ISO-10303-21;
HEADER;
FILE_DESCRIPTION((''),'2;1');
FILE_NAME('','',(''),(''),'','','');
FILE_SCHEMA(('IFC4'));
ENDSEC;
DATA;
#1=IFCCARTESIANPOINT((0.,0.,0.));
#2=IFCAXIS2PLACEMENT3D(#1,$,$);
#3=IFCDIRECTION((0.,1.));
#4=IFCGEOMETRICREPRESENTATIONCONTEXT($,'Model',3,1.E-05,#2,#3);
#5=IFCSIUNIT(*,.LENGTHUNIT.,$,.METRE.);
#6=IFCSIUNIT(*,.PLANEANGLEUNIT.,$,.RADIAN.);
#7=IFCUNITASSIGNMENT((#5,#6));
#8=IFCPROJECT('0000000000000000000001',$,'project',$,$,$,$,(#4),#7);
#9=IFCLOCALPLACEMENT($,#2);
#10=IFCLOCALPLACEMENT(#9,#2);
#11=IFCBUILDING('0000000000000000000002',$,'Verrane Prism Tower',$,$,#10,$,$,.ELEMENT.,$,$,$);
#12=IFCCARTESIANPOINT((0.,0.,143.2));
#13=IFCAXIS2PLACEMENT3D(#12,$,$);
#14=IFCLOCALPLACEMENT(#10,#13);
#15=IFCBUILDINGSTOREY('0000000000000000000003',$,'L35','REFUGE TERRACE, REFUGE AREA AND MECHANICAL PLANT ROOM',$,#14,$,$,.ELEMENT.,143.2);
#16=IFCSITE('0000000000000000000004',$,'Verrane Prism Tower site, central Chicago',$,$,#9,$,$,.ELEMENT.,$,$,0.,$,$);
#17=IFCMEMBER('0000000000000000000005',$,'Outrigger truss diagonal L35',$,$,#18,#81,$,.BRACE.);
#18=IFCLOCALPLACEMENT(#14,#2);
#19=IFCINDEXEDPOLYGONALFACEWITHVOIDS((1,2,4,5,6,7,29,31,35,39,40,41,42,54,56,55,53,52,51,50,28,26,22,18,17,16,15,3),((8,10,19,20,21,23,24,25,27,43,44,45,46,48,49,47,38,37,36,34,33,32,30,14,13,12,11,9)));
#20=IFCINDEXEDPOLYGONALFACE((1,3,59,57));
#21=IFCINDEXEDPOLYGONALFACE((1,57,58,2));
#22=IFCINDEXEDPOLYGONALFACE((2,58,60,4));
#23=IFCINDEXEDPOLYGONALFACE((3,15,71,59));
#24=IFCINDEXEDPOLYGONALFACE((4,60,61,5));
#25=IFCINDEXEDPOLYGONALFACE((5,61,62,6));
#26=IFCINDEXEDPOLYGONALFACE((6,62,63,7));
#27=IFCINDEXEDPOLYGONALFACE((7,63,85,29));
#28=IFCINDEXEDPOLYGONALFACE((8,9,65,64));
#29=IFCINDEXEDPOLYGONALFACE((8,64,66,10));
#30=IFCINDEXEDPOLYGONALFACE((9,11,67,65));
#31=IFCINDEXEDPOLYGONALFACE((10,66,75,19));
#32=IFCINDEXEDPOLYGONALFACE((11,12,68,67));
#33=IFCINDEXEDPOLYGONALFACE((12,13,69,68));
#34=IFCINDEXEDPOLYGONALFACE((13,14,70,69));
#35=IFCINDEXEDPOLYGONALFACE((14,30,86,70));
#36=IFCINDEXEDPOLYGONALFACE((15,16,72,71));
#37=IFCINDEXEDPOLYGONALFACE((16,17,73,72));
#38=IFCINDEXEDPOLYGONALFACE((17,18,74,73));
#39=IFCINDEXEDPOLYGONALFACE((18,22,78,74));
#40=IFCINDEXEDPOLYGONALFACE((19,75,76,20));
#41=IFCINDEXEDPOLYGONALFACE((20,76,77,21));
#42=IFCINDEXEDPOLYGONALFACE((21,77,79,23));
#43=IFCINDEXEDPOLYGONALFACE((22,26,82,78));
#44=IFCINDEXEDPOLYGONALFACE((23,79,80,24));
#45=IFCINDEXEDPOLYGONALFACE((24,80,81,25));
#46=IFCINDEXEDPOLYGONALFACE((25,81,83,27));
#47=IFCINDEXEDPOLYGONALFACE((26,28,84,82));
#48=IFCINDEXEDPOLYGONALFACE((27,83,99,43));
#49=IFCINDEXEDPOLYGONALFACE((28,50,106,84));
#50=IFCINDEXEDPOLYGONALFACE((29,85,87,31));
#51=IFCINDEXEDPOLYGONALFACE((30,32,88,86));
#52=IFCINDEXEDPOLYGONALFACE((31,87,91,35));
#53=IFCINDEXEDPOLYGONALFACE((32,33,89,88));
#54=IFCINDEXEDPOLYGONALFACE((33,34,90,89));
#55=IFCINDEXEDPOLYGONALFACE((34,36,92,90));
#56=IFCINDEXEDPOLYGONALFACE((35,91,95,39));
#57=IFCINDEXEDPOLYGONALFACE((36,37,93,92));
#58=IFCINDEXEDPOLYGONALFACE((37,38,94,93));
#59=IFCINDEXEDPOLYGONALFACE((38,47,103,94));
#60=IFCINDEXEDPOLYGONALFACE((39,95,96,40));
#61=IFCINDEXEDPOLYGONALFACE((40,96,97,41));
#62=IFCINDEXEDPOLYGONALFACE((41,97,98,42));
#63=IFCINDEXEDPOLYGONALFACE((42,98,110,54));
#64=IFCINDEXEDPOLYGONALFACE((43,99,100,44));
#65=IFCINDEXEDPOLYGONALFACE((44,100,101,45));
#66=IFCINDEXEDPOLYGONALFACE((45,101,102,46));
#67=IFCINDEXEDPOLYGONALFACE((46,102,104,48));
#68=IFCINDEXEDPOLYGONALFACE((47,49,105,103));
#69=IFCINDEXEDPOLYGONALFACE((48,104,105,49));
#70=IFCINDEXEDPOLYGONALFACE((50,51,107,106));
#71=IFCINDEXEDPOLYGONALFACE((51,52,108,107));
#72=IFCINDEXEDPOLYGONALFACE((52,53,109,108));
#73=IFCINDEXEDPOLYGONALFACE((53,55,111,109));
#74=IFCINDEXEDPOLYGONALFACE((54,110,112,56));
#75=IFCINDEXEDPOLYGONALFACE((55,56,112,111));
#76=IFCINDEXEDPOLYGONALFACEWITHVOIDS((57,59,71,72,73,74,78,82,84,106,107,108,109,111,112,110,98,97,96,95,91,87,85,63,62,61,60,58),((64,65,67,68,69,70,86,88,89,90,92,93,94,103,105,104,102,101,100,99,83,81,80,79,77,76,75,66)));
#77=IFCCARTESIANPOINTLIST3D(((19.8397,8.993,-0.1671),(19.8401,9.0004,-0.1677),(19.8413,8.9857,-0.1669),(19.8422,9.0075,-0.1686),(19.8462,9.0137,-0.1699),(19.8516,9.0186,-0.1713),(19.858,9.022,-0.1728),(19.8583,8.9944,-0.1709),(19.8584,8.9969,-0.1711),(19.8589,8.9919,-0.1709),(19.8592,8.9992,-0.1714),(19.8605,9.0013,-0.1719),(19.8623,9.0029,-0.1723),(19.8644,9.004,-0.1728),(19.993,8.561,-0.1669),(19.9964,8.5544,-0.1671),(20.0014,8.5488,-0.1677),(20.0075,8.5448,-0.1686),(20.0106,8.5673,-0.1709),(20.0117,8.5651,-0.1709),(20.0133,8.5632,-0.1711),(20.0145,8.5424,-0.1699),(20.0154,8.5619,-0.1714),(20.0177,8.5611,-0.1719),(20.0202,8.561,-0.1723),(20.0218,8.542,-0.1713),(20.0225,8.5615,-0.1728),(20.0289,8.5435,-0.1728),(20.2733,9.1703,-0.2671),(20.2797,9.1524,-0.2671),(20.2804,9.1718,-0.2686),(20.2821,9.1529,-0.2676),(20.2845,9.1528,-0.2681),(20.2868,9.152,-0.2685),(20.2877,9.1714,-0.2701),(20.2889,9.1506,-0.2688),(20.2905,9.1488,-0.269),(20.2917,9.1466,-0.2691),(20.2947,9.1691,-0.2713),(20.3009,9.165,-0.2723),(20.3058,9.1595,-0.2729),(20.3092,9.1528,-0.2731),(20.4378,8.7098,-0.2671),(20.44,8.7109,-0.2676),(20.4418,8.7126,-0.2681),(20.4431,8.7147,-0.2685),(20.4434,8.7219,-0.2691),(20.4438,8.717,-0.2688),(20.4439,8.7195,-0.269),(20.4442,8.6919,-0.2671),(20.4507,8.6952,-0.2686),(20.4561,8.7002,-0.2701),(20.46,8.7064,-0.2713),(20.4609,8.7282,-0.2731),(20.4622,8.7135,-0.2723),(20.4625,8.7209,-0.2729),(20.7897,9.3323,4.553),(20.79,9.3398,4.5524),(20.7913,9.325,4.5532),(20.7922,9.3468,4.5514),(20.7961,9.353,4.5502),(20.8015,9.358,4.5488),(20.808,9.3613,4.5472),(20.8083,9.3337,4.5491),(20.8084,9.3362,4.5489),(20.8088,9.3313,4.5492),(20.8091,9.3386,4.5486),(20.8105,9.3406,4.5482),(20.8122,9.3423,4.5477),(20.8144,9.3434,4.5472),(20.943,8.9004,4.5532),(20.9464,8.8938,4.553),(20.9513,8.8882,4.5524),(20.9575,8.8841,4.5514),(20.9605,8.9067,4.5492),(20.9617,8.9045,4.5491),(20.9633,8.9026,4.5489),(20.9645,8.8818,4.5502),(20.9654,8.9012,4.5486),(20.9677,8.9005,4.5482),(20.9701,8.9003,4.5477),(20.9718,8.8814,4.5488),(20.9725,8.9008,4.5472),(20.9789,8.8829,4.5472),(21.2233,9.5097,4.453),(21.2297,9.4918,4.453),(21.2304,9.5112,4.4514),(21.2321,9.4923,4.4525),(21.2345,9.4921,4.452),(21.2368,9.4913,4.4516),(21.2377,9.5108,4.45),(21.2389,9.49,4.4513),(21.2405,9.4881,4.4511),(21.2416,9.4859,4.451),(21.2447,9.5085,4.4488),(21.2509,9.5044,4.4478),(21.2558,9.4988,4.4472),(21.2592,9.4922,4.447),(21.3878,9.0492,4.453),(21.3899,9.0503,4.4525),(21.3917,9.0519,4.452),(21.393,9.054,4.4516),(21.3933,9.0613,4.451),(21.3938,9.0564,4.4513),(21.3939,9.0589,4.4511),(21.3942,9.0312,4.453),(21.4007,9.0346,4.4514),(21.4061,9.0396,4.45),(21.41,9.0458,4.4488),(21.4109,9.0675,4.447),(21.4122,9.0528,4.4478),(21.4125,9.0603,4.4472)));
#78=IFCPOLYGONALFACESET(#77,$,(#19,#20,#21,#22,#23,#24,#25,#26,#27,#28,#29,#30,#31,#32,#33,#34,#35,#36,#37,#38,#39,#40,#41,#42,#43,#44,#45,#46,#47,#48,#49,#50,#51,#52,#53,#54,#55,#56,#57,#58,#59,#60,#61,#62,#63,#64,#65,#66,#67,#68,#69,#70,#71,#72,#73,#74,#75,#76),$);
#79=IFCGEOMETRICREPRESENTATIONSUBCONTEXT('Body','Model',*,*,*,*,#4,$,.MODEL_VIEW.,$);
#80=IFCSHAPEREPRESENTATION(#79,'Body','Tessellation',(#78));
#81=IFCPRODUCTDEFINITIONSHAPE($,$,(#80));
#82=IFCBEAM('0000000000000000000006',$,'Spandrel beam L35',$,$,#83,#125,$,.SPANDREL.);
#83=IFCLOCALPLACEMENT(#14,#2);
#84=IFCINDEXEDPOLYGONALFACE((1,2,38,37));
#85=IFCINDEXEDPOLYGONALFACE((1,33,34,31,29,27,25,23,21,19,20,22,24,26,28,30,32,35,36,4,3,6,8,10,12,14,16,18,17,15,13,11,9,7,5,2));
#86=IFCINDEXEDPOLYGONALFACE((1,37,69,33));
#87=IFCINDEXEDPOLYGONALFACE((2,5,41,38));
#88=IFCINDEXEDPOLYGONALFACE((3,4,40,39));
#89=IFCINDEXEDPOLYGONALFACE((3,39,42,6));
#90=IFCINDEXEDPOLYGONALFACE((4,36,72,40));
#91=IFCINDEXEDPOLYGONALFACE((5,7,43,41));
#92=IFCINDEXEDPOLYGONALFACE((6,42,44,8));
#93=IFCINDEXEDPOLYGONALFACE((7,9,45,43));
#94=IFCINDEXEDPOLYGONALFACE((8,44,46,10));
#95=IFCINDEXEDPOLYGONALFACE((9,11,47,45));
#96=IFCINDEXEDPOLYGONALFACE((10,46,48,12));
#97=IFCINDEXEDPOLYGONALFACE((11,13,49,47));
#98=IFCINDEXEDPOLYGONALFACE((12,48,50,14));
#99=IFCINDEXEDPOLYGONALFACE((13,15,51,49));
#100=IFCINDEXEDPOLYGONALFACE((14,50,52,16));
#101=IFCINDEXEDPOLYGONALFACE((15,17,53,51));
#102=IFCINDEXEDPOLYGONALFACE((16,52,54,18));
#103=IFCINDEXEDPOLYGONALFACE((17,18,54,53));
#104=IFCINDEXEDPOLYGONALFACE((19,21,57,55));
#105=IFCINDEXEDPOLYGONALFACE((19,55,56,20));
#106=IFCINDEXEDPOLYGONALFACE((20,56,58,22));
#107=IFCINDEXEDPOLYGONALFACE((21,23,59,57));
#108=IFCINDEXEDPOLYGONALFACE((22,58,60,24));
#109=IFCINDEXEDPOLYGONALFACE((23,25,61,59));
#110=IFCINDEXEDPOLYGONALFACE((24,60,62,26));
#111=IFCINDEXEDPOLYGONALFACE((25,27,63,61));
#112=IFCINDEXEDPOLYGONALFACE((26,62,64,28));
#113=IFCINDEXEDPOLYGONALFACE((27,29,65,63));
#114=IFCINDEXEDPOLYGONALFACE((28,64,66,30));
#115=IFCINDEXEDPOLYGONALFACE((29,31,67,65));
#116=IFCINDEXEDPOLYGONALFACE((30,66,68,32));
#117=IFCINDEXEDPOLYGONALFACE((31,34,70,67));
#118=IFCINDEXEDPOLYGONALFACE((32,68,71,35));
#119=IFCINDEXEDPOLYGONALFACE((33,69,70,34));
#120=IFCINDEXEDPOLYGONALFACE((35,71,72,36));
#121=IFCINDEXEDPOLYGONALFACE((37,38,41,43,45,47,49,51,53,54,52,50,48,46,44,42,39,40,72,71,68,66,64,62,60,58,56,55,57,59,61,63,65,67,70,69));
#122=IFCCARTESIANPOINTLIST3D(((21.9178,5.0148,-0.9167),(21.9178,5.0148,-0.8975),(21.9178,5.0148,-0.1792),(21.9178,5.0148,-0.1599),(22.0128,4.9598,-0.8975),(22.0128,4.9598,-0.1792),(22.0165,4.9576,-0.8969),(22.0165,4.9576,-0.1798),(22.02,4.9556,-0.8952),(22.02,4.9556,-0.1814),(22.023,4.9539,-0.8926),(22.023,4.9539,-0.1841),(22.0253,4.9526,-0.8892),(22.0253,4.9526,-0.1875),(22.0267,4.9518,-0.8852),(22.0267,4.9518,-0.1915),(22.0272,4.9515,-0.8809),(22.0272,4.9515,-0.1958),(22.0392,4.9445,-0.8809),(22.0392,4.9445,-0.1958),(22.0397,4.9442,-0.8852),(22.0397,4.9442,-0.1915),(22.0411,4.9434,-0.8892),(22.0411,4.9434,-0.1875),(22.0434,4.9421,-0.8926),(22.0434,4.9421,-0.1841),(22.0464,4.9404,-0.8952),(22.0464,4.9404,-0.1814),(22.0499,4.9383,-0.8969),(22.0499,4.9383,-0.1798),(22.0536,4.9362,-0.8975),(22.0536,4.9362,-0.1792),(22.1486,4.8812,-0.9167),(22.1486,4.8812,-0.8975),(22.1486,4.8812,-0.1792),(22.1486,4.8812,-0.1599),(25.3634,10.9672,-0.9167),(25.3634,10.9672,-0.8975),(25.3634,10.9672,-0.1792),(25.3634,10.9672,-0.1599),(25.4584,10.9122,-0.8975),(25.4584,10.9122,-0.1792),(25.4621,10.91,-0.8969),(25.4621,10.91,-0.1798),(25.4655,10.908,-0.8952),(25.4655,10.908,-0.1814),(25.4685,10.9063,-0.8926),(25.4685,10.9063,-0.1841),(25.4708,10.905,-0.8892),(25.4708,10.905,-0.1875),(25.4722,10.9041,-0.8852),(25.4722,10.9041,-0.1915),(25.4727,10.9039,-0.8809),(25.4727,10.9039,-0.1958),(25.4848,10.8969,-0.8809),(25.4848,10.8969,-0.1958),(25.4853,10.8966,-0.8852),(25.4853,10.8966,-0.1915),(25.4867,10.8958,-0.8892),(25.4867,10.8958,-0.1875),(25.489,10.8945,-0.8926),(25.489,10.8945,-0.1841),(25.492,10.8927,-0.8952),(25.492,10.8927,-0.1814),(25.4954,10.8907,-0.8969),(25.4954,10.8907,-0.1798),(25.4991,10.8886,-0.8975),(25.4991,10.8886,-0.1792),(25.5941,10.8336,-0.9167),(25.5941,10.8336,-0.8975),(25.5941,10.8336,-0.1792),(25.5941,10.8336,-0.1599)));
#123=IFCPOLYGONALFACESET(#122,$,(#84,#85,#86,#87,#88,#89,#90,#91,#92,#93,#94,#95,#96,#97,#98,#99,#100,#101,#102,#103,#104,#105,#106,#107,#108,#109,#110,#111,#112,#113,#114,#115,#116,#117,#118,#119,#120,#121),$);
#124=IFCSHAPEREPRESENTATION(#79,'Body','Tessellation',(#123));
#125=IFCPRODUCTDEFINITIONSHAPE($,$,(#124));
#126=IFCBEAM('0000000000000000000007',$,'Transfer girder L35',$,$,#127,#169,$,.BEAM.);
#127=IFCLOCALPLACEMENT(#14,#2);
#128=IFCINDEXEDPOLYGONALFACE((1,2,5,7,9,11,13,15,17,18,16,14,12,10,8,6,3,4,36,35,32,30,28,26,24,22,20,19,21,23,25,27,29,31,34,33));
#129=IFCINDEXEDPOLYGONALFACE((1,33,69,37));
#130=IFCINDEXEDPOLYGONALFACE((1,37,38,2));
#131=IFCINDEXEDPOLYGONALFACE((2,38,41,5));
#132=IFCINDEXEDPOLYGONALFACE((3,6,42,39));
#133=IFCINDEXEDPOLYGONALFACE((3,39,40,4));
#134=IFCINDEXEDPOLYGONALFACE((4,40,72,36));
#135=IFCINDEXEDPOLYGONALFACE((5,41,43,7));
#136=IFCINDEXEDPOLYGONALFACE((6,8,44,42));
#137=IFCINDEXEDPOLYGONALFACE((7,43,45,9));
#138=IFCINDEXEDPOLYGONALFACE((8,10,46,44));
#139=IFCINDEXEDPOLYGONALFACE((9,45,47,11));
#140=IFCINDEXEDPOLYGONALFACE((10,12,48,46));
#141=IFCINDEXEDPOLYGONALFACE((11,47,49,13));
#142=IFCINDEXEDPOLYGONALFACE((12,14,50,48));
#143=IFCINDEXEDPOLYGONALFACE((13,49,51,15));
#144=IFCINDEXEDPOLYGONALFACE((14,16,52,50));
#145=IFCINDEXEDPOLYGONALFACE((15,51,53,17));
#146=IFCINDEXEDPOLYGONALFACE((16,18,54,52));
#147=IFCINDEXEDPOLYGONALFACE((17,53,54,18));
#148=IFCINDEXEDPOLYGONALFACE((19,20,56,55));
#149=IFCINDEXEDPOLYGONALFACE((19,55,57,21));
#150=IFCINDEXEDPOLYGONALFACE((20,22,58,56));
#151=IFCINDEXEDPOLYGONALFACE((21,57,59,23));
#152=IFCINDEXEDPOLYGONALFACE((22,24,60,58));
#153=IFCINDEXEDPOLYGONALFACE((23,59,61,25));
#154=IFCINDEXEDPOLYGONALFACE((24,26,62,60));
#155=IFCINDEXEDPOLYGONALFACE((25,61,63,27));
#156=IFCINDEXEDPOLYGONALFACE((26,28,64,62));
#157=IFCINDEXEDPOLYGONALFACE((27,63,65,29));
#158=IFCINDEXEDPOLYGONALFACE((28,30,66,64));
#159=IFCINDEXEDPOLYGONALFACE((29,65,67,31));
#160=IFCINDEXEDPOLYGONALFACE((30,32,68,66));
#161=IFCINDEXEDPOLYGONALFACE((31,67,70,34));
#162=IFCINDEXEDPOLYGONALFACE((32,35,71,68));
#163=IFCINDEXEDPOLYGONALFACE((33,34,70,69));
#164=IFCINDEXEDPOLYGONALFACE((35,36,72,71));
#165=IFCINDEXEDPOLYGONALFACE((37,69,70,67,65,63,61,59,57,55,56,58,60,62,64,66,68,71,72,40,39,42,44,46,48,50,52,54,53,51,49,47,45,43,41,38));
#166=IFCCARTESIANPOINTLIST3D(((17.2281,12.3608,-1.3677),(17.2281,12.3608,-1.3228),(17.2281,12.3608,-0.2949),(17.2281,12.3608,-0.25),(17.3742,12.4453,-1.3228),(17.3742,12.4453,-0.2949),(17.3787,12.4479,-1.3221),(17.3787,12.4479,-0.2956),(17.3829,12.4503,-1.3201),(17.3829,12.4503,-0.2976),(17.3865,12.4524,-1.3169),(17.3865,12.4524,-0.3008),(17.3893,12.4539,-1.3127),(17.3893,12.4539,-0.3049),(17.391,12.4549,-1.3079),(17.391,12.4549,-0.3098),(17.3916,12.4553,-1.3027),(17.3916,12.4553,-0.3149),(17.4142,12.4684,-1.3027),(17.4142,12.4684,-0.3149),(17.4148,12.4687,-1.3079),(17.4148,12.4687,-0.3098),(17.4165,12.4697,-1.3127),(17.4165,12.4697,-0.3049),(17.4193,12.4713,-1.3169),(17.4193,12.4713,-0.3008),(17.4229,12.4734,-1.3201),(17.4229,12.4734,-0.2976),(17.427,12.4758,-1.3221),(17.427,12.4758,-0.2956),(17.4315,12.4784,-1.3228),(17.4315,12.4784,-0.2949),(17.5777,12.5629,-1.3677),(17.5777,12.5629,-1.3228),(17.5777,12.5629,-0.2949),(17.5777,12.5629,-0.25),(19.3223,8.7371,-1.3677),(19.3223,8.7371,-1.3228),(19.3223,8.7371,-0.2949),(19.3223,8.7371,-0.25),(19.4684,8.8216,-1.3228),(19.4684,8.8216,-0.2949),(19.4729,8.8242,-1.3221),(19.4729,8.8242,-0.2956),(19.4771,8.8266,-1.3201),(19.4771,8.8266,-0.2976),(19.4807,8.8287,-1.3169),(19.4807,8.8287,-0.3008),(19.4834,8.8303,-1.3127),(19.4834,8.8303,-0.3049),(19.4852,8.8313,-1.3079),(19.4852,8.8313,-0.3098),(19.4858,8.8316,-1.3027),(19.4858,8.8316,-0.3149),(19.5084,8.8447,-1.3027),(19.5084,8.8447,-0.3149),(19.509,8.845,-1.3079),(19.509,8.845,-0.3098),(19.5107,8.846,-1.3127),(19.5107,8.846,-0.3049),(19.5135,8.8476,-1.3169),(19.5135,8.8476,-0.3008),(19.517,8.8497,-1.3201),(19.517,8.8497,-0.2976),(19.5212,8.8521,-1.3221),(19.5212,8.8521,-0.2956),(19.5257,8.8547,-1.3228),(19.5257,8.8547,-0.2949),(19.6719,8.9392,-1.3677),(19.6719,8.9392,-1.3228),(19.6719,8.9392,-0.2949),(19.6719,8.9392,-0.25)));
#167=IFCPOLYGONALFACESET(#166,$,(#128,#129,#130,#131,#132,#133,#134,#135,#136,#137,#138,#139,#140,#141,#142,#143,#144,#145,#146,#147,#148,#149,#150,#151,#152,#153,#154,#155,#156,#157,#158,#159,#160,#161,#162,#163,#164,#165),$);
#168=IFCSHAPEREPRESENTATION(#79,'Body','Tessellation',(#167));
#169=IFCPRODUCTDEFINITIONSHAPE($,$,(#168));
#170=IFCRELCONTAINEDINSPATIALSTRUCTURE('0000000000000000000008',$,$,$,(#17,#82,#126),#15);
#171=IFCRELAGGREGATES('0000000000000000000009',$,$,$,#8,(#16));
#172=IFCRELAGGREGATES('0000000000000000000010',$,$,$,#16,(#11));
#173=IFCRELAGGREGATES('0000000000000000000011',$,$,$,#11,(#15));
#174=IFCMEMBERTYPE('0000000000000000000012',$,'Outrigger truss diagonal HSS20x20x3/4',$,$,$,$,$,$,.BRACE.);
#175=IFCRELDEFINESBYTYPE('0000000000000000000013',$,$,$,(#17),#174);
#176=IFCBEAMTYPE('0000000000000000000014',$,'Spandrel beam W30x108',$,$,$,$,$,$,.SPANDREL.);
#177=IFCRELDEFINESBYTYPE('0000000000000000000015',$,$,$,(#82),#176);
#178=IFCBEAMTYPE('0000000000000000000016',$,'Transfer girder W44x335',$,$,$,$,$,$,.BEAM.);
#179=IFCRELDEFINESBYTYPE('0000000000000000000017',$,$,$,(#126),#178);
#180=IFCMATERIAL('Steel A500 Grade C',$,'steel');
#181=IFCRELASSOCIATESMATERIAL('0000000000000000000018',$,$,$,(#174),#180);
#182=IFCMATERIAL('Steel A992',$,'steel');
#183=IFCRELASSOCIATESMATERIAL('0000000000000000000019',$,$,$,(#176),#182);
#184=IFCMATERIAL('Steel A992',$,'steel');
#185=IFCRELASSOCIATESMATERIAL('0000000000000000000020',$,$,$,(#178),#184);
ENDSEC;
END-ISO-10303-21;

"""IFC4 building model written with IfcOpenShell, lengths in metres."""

from ifc_helpers import new_model, si_unit, direction, frame, origin, origin_2d, place, context, subcontext, project, spatial, hollow_rectangle, i_section, extrude, material, material_profile, profile_set, type_object, element, save


model = new_model("IFC4")

# Units and contexts
model_context = context("Model", 3, precision=1e-05, world=origin(), true_north=direction((0.0, 1.0)))
body_context = subcontext(model_context, "Body", "Model", "MODEL_VIEW")
ifc_project = project(units=[si_unit("LENGTHUNIT", "METRE"), si_unit("PLANEANGLEUNIT", "RADIAN")], contexts=[model_context])

# Site, building, storey
site_placement = place(None, origin())
site = spatial("IfcSite", under=ifc_project, at=site_placement, Name="Verrane Prism Tower site, central Chicago", CompositionType="ELEMENT", RefElevation=0.0)
building_placement = place(site_placement, origin())
building = spatial("IfcBuilding", under=site, at=building_placement, Name="Verrane Prism Tower", CompositionType="ELEMENT")
storey_placement = place(building_placement, frame((0.0, 0.0, 143.2)))
storey = spatial("IfcBuildingStorey", under=building, at=storey_placement, Name="L35", Description="REFUGE TERRACE, REFUGE AREA AND MECHANICAL PLANT ROOM", CompositionType="ELEMENT", Elevation=143.2)

# Member
ifc_material_1 = material(Name="Steel A500 Grade C", Category="steel")
ifc_material_profile_1 = material_profile(ifc_material_1, hollow_rectangle(XDim=0.5081, YDim=0.5081, WallThickness=0.019, InnerFilletRadius=0.0095, OuterFilletRadius=0.0286, at=origin_2d()), Name="HSS20x20x3/4")
ifc_profile_set_1 = profile_set([ifc_material_profile_1], Name="Steel A500 Grade C")
member_type_1 = type_object("IfcMemberType", Name="Outrigger truss diagonal HSS20x20x3/4", PredefinedType="BRACE", material=ifc_profile_set_1)
member_1_placement = place(storey_placement, frame((20.1511, 8.8569, -0.22), z_axis=(0.196817, 0.07031, 0.977916), x_axis=(-0.336413, 0.941715, 0.0)))
element("IfcMember", 1, at=member_1_placement, inside=storey, type_object=member_type_1, Name="Outrigger truss diagonal L35", PredefinedType="BRACE", context=body_context, shape_type="SweptSolid", body=[
    extrude(hollow_rectangle(XDim=0.5081, YDim=0.5081, WallThickness=0.019, InnerFilletRadius=0.0095, OuterFilletRadius=0.0286, at=origin_2d()), origin(), (0.0, 0.0, 1.0), 4.8267),
])

# Beams
ifc_material_2 = material(Name="Steel A992", Category="steel")
ifc_material_profile_2 = material_profile(ifc_material_2, i_section(OverallWidth=0.2666, OverallDepth=0.7568, WebThickness=0.0139, FlangeThickness=0.0193, FilletRadius=0.0166, at=origin_2d()), Name="W30x108")
ifc_profile_set_2 = profile_set([ifc_material_profile_2], Name="Steel A992")
beam_type_1 = type_object("IfcBeamType", Name="Spandrel beam W30x108", PredefinedType="SPANDREL", material=ifc_profile_set_2)
beam_1_placement = place(storey_placement, frame((22.0332, 4.948, -0.5383), z_axis=(0.500975, 0.865462, 0.0), x_axis=(-0.865462, 0.500975, 0.0)))
element("IfcBeam", 2, at=beam_1_placement, inside=storey, type_object=beam_type_1, Name="Spandrel beam L35", PredefinedType="SPANDREL", context=body_context, shape_type="SweptSolid", body=[
    extrude(i_section(OverallWidth=0.2666, OverallDepth=0.7568, WebThickness=0.0139, FlangeThickness=0.0193, FilletRadius=0.0166, at=origin_2d()), origin(), (0.0, 0.0, 1.0), 6.8777),
])
ifc_material_3 = material(Name="Steel A992", Category="steel")
ifc_material_profile_3 = material_profile(ifc_material_3, i_section(OverallWidth=0.4038, OverallDepth=1.1177, WebThickness=0.0261, FlangeThickness=0.0449, FilletRadius=0.02, at=origin_2d()), Name="W44x335")
ifc_profile_set_3 = profile_set([ifc_material_profile_3], Name="Steel A992")
beam_type_2 = type_object("IfcBeamType", Name="Transfer girder W44x335", PredefinedType="BEAM", material=ifc_profile_set_3)
beam_2_placement = place(storey_placement, frame((19.4971, 8.8381, -0.8088), z_axis=(-0.500367, 0.865813, 0.0), x_axis=(-0.865813, -0.500367, 0.0)))
element("IfcBeam", 3, at=beam_2_placement, inside=storey, type_object=beam_type_2, Name="Transfer girder L35", PredefinedType="BEAM", context=body_context, shape_type="SweptSolid", body=[
    extrude(i_section(OverallWidth=0.4038, OverallDepth=1.1177, WebThickness=0.0261, FlangeThickness=0.0449, FilletRadius=0.02, at=origin_2d()), origin(), (0.0, 0.0, 1.0), 4.1853),
])

save(model, "model.ifc")
